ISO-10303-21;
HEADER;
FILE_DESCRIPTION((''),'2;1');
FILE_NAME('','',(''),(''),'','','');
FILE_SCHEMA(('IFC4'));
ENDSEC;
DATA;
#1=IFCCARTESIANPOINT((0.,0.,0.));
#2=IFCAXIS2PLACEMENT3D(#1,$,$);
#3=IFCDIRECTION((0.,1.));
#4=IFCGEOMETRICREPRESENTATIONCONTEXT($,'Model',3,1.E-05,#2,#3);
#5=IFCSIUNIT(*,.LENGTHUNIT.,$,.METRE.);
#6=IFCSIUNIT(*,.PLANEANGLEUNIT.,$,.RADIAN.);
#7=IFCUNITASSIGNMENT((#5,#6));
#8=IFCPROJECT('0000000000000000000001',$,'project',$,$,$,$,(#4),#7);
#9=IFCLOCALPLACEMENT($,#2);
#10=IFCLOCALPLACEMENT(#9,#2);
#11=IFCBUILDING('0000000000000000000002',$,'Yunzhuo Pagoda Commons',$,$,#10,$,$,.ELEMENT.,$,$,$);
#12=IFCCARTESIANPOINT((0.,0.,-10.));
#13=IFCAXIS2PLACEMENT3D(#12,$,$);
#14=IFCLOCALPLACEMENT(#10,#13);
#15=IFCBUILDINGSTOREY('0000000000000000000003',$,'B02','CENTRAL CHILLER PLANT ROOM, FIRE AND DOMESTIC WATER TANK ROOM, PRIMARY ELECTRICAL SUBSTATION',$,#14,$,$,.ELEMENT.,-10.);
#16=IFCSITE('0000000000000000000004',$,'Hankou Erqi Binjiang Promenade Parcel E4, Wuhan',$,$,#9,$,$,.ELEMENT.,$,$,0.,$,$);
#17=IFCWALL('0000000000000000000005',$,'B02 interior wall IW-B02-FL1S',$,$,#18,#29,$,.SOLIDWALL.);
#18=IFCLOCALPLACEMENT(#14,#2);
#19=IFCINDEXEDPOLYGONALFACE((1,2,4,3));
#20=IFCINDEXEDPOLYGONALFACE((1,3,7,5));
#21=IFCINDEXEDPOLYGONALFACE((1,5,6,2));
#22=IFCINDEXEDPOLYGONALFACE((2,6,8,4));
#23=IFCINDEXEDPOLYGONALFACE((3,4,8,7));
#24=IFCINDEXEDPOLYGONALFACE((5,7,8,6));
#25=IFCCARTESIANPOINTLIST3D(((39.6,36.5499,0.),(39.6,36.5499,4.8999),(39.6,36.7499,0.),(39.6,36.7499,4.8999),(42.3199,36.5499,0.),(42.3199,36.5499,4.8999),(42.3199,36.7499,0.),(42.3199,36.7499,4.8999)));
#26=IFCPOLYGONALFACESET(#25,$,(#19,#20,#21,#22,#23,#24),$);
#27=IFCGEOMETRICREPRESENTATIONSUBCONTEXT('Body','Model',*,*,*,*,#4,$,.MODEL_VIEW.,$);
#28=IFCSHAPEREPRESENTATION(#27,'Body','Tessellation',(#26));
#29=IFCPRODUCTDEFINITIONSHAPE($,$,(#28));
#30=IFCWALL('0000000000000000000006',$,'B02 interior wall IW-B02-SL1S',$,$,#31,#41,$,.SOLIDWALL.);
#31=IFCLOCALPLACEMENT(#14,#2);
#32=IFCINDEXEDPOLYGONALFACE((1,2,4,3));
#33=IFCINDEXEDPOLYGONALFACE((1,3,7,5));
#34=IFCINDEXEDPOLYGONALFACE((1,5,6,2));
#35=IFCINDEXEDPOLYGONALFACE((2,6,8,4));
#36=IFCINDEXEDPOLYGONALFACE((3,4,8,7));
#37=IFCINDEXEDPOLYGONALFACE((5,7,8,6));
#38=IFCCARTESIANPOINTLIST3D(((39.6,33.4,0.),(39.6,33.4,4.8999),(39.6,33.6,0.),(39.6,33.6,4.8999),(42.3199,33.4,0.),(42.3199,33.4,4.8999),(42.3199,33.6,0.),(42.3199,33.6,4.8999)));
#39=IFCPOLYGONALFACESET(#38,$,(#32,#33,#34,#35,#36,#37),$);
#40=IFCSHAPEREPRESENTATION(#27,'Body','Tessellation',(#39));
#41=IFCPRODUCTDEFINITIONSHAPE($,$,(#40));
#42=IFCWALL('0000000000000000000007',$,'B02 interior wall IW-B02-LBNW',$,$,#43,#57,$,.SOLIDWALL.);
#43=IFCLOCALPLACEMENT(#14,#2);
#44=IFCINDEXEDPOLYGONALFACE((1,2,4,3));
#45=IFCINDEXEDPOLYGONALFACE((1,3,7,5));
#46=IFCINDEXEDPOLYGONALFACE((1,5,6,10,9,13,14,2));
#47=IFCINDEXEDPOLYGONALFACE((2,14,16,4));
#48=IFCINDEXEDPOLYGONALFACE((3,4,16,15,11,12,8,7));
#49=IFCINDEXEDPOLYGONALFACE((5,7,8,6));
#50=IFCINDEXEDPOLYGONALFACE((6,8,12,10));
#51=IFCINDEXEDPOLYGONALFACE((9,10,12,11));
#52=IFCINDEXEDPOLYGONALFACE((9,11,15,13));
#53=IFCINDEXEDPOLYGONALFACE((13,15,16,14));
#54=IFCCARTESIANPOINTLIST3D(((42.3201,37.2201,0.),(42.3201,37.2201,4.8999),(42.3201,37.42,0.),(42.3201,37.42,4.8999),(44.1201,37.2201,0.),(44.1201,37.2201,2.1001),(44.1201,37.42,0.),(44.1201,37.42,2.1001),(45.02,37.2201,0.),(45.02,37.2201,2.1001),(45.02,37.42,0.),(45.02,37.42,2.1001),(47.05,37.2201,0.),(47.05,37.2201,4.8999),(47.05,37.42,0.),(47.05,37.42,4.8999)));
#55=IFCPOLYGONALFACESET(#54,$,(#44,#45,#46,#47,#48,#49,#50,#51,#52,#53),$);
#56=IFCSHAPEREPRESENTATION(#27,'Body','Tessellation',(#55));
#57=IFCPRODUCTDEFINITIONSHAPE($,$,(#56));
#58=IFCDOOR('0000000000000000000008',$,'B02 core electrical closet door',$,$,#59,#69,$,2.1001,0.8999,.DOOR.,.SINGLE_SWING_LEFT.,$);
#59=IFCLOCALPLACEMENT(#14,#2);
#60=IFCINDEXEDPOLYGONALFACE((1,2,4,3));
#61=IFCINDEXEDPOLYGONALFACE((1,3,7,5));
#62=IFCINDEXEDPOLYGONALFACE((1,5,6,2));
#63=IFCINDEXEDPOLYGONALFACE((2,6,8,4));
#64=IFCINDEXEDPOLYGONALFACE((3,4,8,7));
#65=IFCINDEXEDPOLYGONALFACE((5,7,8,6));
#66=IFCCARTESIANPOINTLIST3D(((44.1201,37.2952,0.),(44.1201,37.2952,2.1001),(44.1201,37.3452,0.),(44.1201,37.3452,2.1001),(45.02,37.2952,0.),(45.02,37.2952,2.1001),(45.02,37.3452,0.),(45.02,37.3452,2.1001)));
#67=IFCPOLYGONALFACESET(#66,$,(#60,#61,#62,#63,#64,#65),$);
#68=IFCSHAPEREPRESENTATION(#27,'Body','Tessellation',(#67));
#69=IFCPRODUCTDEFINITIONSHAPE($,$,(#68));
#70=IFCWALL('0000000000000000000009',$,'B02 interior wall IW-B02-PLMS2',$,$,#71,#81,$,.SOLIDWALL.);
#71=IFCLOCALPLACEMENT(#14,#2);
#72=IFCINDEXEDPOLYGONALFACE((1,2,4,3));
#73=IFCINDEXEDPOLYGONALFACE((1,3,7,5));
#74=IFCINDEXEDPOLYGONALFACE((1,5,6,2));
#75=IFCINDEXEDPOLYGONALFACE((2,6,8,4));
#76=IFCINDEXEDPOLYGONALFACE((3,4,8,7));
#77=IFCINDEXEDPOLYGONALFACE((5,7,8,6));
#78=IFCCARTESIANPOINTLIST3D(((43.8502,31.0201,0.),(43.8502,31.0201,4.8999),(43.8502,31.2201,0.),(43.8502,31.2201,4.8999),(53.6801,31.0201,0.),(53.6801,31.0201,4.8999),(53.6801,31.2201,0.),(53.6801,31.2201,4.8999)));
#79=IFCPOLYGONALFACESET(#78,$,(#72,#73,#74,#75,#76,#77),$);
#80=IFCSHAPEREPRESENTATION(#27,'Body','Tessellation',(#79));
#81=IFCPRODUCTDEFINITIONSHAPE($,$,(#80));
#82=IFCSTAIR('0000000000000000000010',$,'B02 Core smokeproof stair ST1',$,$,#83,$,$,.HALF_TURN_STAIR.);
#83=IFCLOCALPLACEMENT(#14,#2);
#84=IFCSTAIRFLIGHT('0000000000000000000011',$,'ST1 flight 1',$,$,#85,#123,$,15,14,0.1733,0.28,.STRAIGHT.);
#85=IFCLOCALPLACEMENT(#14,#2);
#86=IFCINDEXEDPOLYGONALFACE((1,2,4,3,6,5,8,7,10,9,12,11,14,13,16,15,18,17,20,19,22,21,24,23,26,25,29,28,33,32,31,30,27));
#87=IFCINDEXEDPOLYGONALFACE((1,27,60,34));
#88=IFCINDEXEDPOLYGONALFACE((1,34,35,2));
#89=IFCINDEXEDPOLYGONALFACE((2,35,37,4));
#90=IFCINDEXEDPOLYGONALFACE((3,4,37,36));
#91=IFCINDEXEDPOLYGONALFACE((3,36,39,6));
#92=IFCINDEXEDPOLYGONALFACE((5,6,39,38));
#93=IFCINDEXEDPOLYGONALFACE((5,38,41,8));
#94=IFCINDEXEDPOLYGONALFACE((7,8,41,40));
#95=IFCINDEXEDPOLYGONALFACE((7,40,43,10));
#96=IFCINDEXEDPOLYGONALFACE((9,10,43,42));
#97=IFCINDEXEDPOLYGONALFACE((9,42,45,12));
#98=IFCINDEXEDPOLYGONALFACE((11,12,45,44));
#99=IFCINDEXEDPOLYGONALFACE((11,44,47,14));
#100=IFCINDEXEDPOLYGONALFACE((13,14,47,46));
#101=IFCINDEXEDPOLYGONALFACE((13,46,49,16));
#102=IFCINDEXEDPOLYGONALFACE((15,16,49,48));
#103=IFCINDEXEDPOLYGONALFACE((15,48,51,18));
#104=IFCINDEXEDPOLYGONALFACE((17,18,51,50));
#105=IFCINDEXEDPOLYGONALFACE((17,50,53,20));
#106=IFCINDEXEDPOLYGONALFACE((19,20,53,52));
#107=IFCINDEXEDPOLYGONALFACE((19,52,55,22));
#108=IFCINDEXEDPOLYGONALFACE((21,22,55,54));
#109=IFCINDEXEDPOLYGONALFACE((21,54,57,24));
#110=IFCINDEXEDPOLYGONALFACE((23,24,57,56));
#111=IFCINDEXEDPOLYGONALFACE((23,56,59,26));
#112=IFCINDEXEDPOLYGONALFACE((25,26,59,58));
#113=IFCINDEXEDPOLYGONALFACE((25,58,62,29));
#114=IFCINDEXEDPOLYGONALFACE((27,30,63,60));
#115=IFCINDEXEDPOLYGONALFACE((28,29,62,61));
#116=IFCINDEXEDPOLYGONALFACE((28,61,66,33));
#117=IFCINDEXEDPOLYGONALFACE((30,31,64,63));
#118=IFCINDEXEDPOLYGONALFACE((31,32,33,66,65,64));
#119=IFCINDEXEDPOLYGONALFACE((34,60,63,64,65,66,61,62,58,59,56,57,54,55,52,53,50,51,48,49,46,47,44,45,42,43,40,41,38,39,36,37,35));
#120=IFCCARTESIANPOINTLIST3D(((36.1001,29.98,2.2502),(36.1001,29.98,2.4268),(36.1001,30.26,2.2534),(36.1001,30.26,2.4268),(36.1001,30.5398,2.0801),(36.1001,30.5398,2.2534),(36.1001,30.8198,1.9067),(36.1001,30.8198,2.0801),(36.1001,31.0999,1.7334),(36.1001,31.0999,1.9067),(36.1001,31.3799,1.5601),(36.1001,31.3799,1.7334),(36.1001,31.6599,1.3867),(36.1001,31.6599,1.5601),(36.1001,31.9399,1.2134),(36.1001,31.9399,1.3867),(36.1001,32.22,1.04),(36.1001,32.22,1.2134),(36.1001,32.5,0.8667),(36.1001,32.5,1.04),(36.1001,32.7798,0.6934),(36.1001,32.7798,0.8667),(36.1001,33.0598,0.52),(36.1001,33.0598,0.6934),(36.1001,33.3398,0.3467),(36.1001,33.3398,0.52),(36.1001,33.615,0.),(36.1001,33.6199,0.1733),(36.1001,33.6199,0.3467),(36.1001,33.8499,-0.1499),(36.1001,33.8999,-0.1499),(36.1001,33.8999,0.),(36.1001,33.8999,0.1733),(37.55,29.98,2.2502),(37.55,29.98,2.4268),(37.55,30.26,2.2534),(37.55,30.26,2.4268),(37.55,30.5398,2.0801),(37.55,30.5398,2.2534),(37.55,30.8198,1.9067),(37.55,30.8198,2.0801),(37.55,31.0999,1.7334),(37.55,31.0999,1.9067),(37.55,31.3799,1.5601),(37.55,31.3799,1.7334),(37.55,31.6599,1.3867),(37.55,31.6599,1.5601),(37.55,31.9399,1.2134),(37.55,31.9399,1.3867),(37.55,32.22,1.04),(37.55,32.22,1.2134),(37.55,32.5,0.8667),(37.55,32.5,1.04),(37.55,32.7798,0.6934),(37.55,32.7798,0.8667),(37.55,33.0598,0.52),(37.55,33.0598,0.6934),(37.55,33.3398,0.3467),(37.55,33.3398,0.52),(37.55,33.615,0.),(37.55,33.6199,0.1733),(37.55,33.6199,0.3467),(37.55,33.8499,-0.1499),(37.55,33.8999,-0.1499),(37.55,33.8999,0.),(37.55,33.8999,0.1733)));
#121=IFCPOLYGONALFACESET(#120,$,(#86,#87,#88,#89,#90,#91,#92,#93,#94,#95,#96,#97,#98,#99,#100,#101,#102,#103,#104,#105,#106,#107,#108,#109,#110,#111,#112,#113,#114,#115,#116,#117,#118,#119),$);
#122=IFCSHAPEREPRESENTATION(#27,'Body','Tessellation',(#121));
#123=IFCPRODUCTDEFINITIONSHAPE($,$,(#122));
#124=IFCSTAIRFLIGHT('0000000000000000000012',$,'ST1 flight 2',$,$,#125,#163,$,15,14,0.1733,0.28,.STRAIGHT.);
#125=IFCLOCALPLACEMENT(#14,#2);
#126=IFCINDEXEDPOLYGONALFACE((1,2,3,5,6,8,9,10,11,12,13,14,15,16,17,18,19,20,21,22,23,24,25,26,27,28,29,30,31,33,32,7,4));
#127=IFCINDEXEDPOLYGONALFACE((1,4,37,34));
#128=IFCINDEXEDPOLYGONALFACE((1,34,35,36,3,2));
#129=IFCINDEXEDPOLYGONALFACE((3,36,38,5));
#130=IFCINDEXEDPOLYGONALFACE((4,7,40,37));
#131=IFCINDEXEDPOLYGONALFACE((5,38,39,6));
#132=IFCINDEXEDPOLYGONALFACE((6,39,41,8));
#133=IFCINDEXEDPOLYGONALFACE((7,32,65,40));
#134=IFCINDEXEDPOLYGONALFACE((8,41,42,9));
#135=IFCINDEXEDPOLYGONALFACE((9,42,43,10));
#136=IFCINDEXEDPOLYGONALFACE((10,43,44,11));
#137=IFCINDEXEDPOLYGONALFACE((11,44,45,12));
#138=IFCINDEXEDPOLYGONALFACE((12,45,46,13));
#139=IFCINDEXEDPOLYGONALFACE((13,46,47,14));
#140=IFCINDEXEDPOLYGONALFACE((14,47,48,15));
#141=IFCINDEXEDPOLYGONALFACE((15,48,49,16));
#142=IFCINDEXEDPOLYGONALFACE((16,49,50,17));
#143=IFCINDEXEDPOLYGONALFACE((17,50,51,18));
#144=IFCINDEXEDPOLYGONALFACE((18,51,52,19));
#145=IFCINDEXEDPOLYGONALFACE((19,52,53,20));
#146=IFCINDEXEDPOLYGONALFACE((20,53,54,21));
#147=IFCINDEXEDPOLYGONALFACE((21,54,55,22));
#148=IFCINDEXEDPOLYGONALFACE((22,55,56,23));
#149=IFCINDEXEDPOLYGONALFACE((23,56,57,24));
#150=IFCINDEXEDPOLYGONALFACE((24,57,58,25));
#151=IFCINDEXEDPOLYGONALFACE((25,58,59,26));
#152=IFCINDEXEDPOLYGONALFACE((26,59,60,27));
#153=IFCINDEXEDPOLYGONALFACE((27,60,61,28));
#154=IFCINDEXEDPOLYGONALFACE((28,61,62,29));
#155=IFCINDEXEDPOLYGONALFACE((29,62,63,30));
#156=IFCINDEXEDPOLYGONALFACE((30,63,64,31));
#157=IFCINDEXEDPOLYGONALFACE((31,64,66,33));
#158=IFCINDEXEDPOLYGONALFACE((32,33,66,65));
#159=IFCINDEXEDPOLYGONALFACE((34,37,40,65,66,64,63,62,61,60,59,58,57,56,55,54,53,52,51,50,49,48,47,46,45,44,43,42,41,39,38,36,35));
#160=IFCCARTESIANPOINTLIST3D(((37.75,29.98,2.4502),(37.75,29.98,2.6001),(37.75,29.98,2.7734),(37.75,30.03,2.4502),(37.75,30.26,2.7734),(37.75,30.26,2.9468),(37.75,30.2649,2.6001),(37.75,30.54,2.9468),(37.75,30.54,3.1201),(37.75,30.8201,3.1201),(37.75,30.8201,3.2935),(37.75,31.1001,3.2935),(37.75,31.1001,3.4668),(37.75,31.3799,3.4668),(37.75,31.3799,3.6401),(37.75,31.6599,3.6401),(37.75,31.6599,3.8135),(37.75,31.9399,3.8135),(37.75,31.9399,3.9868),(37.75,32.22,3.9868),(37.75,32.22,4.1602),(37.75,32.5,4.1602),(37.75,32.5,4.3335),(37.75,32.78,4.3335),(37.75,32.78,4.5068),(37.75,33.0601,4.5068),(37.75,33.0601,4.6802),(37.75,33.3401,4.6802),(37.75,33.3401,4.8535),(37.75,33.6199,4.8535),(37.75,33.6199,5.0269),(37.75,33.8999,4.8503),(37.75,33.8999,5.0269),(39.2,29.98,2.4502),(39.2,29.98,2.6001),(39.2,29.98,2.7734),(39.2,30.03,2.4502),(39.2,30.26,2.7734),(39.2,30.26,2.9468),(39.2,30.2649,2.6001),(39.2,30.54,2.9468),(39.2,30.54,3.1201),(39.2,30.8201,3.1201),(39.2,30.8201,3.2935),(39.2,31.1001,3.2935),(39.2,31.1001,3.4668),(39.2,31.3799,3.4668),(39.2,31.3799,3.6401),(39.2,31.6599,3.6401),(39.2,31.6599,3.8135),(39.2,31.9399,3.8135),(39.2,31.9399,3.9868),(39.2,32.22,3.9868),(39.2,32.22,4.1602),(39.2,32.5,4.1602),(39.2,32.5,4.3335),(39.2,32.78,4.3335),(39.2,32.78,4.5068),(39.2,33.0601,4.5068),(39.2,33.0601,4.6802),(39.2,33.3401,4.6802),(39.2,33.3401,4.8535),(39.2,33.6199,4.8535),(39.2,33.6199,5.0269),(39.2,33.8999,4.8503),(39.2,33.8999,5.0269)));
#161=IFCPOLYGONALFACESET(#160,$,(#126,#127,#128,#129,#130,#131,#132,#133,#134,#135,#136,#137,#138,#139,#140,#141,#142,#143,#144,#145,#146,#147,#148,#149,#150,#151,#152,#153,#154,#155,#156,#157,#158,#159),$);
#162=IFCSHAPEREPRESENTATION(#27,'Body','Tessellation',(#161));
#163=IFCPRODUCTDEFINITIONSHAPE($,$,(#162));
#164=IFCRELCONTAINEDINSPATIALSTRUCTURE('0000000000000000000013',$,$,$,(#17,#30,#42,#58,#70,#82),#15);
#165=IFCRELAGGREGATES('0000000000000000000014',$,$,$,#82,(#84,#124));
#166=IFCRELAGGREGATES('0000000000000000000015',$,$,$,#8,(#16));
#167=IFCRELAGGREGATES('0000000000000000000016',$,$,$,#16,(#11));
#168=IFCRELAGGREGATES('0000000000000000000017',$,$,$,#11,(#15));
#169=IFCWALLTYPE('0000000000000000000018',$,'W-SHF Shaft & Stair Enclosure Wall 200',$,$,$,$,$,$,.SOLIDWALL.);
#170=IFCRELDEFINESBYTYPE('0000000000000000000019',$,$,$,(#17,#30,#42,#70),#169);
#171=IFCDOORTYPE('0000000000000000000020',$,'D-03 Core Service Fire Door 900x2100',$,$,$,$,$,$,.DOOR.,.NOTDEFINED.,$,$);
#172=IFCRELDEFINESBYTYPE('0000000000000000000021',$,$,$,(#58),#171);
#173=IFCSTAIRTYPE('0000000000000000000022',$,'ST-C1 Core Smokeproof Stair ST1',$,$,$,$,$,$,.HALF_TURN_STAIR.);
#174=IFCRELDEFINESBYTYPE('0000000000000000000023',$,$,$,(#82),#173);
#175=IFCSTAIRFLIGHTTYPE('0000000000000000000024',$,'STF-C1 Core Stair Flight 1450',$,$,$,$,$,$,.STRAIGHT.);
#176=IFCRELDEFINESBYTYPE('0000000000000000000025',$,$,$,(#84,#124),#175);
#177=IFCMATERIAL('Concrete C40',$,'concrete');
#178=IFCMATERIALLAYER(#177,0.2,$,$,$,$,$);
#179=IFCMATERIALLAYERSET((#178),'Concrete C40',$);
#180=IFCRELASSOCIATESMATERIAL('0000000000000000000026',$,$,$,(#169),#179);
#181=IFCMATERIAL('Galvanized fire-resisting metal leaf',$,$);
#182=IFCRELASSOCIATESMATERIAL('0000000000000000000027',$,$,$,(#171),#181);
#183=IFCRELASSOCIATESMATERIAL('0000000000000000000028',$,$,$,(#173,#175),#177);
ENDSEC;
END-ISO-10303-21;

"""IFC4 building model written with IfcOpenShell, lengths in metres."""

from ifc_helpers import new_model, si_unit, direction, frame, frame_2d, origin, place, context, subcontext, project, spatial, polyline, rectangle, outline, extrude, source, transform, mapped, material, layer, layer_set, type_object, element, fill, aggregate, save


model = new_model("IFC4")

# Units and contexts
model_context = context("Model", 3, precision=1e-05, world=origin(), true_north=direction((0.0, 1.0)))
body_context = subcontext(model_context, "Body", "Model", "MODEL_VIEW")
ifc_project = project(units=[si_unit("LENGTHUNIT", "METRE"), si_unit("PLANEANGLEUNIT", "RADIAN")], contexts=[model_context])

# Site, building, storey
site_placement = place(None, origin())
site = spatial("IfcSite", under=ifc_project, at=site_placement, Name="Hankou Erqi Binjiang Promenade Parcel E4, Wuhan", CompositionType="ELEMENT", RefElevation=0.0)
building_placement = place(site_placement, origin())
building = spatial("IfcBuilding", under=site, at=building_placement, Name="Yunzhuo Pagoda Commons", CompositionType="ELEMENT")
storey_placement = place(building_placement, frame((0.0, 0.0, -10.0)))
storey = spatial("IfcBuildingStorey", under=building, at=storey_placement, Name="B02", Description="CENTRAL CHILLER PLANT ROOM, FIRE AND DOMESTIC WATER TANK ROOM, PRIMARY ELECTRICAL SUBSTATION", CompositionType="ELEMENT", Elevation=-10.0)

# Shared definitions
ifc_material_1 = material(Name="Galvanized fire-resisting metal leaf")
ifc_material_2 = material(Name="Concrete C40", Category="concrete")
ifc_layer_1 = layer(ifc_material_2, 0.2)
ifc_layer_set_1 = layer_set([ifc_layer_1], Name="Concrete C40")
wall_type_1 = type_object("IfcWallType", Name="W-SHF Shaft & Stair Enclosure Wall 200", PredefinedType="SOLIDWALL", material=ifc_layer_set_1)

# Walls
for number, where, z_axis, x_axis, name in (
    (1, (39.6001, 36.6499, 0.0), (0.0, 0.0, 1.0), (1.0, 0.0, 0.0), "B02 interior wall IW-B02-FL1S"),
    (2, (39.6001, 33.5, 0.0), (0.0, 0.0, 1.0), (1.0, 0.0, 0.0), "B02 interior wall IW-B02-SL1S"),
):
    element("IfcWall", number, at=place(storey_placement, frame(where, z_axis=z_axis, x_axis=x_axis)), inside=storey, type_object=wall_type_1, Name=name, PredefinedType="SOLIDWALL", context=body_context, shape_type="SweptSolid", body=[
        extrude(rectangle(XDim=2.72, YDim=0.2, at=frame_2d((1.3599, 0.0))), origin(), (0.0, 0.0, 1.0), 4.8999),
    ])

# Wall, opening, door
wall_1_placement = place(storey_placement, frame((42.3201, 37.3201, 0.0), z_axis=(0.0, 0.0, 1.0), x_axis=(1.0, 0.0, 0.0)))
wall_1 = element("IfcWall", 3, at=wall_1_placement, inside=storey, type_object=wall_type_1, Name="B02 interior wall IW-B02-LBNW", PredefinedType="SOLIDWALL", context=body_context, shape_type="SweptSolid", body=[
    extrude(rectangle(XDim=4.73, YDim=0.2, at=frame_2d((2.365, 0.0))), origin(), (0.0, 0.0, 1.0), 4.8999),
])
opening_1_placement = place(wall_1_placement, frame((1.8, 0.0, 0.0)))
opening_1 = element("IfcOpeningElement", 4, at=opening_1_placement, cuts=wall_1, PredefinedType="OPENING", context=body_context, shape_type="SweptSolid", body=[
    extrude(rectangle(XDim=0.8999, YDim=2.1001, at=frame_2d((0.45, 1.05))), frame((0.0, 0.1099, 0.0), z_axis=(0.0, -1.0, 0.0), x_axis=(1.0, 0.0, 0.0)), (0.0, 0.0, 1.0), 0.22),
])
door_type_1 = type_object("IfcDoorType", Name="D-03 Core Service Fire Door 900x2100", OperationType="NOTDEFINED", PredefinedType="DOOR", material=ifc_material_1)
shared_shape_1 = source(origin(), body_context, "Body", "SweptSolid", [
    extrude(rectangle(XDim=0.8999, YDim=2.1001, at=frame_2d((0.45, 1.05))), frame((0.0, 0.0249, 0.0), z_axis=(0.0, -1.0, 0.0), x_axis=(1.0, 0.0, 0.0)), (0.0, 0.0, 1.0), 0.05),
])
door_1_placement = place(opening_1_placement, frame((0.8999, 0.0, 0.0), z_axis=(0.0, 0.0, 1.0), x_axis=(-1.0, 0.0, 0.0)))
door_1 = element("IfcDoor", 5, at=door_1_placement, inside=storey, type_object=door_type_1, Name="B02 core electrical closet door", OperationType="SINGLE_SWING_LEFT", OverallHeight=2.1001, OverallWidth=0.8999, PredefinedType="DOOR", context=body_context, shape_type="MappedRepresentation", body=[
    mapped(shared_shape_1, transform((0.0, 0.0, 0.0), scale=1.0)),
])
fill(opening_1, door_1)

# Wall
wall_2_placement = place(storey_placement, frame((43.8501, 31.1201, 0.0), z_axis=(0.0, 0.0, 1.0), x_axis=(1.0, 0.0, 0.0)))
element("IfcWall", 6, at=wall_2_placement, inside=storey, type_object=wall_type_1, Name="B02 interior wall IW-B02-PLMS2", PredefinedType="SOLIDWALL", context=body_context, shape_type="SweptSolid", body=[
    extrude(rectangle(XDim=9.8298, YDim=0.2, at=frame_2d((4.915, 0.0))), origin(), (0.0, 0.0, 1.0), 4.8999),
])

# Stair, stair flights
stair_type = type_object("IfcStairType", Name="ST-C1 Core Smokeproof Stair ST1", PredefinedType="HALF_TURN_STAIR", material=ifc_material_2)
stair_placement = place(storey_placement, origin())
stair = element("IfcStair", 7, at=stair_placement, inside=storey, type_object=stair_type, Name="B02 Core smokeproof stair ST1", PredefinedType="HALF_TURN_STAIR")
stair_flight_type = type_object("IfcStairFlightType", Name="STF-C1 Core Stair Flight 1450", PredefinedType="STRAIGHT", material=ifc_material_2)
shared_shape_2 = source(origin(), body_context, "Body", "SweptSolid", [
    extrude(outline(polyline([(0.0, -0.1499), (0.0, 0.0), (0.0, 0.1733), (0.28, 0.1733), (0.28, 0.3467), (0.5601, 0.3467), (0.5601, 0.52), (0.8401, 0.52), (0.8401, 0.6934), (1.1201, 0.6934), (1.1201, 0.8667), (1.3999, 0.8667), (1.3999, 1.04), (1.6799, 1.04), (1.6799, 1.2134), (1.96, 1.2134), (1.96, 1.3867), (2.24, 1.3867), (2.24, 1.5601), (2.52, 1.5601), (2.52, 1.7334), (2.8, 1.7334), (2.8, 1.9067), (3.0801, 1.9067), (3.0801, 2.0801), (3.3601, 2.0801), (3.3601, 2.2534), (3.6399, 2.2534), (3.6399, 2.4268), (3.9199, 2.4268), (3.9199, 2.6001), (3.9199, 2.2502), (0.2849, 0.0), (0.05, -0.1499), (0.0, -0.1499)])), frame((0.0, 0.7251, 0.0), z_axis=(0.0, -1.0, 0.0), x_axis=(1.0, 0.0, 0.0)), (0.0, 0.0, 1.0), 1.45),
])
stair_flight_1_placement = place(storey_placement, frame((36.825, 33.8999, 0.0), z_axis=(0.0, 0.0, 1.0), x_axis=(0.0, -1.0, 0.0)))
stair_flight_1 = element("IfcStairFlight", 8, at=stair_flight_1_placement, type_object=stair_flight_type, Name="ST1 flight 1", NumberOfRisers=15, NumberOfTreads=14, PredefinedType="STRAIGHT", RiserHeight=0.1733, TreadLength=0.28, context=body_context, shape_type="MappedRepresentation", body=[
    mapped(shared_shape_2, transform((0.0, 0.0, 0.0), scale=1.0)),
])
stair_flight_2_placement = place(storey_placement, frame((38.4751, 29.98, 2.6001), z_axis=(0.0, 0.0, 1.0), x_axis=(0.0, 1.0, 0.0)))
stair_flight_2 = element("IfcStairFlight", 9, at=stair_flight_2_placement, type_object=stair_flight_type, Name="ST1 flight 2", NumberOfRisers=15, NumberOfTreads=14, PredefinedType="STRAIGHT", RiserHeight=0.1733, TreadLength=0.28, context=body_context, shape_type="MappedRepresentation", body=[
    mapped(shared_shape_2, transform((0.0, 0.0, 0.0), scale=1.0)),
])
aggregate(stair, [stair_flight_1, stair_flight_2])

save(model, "model.ifc")
